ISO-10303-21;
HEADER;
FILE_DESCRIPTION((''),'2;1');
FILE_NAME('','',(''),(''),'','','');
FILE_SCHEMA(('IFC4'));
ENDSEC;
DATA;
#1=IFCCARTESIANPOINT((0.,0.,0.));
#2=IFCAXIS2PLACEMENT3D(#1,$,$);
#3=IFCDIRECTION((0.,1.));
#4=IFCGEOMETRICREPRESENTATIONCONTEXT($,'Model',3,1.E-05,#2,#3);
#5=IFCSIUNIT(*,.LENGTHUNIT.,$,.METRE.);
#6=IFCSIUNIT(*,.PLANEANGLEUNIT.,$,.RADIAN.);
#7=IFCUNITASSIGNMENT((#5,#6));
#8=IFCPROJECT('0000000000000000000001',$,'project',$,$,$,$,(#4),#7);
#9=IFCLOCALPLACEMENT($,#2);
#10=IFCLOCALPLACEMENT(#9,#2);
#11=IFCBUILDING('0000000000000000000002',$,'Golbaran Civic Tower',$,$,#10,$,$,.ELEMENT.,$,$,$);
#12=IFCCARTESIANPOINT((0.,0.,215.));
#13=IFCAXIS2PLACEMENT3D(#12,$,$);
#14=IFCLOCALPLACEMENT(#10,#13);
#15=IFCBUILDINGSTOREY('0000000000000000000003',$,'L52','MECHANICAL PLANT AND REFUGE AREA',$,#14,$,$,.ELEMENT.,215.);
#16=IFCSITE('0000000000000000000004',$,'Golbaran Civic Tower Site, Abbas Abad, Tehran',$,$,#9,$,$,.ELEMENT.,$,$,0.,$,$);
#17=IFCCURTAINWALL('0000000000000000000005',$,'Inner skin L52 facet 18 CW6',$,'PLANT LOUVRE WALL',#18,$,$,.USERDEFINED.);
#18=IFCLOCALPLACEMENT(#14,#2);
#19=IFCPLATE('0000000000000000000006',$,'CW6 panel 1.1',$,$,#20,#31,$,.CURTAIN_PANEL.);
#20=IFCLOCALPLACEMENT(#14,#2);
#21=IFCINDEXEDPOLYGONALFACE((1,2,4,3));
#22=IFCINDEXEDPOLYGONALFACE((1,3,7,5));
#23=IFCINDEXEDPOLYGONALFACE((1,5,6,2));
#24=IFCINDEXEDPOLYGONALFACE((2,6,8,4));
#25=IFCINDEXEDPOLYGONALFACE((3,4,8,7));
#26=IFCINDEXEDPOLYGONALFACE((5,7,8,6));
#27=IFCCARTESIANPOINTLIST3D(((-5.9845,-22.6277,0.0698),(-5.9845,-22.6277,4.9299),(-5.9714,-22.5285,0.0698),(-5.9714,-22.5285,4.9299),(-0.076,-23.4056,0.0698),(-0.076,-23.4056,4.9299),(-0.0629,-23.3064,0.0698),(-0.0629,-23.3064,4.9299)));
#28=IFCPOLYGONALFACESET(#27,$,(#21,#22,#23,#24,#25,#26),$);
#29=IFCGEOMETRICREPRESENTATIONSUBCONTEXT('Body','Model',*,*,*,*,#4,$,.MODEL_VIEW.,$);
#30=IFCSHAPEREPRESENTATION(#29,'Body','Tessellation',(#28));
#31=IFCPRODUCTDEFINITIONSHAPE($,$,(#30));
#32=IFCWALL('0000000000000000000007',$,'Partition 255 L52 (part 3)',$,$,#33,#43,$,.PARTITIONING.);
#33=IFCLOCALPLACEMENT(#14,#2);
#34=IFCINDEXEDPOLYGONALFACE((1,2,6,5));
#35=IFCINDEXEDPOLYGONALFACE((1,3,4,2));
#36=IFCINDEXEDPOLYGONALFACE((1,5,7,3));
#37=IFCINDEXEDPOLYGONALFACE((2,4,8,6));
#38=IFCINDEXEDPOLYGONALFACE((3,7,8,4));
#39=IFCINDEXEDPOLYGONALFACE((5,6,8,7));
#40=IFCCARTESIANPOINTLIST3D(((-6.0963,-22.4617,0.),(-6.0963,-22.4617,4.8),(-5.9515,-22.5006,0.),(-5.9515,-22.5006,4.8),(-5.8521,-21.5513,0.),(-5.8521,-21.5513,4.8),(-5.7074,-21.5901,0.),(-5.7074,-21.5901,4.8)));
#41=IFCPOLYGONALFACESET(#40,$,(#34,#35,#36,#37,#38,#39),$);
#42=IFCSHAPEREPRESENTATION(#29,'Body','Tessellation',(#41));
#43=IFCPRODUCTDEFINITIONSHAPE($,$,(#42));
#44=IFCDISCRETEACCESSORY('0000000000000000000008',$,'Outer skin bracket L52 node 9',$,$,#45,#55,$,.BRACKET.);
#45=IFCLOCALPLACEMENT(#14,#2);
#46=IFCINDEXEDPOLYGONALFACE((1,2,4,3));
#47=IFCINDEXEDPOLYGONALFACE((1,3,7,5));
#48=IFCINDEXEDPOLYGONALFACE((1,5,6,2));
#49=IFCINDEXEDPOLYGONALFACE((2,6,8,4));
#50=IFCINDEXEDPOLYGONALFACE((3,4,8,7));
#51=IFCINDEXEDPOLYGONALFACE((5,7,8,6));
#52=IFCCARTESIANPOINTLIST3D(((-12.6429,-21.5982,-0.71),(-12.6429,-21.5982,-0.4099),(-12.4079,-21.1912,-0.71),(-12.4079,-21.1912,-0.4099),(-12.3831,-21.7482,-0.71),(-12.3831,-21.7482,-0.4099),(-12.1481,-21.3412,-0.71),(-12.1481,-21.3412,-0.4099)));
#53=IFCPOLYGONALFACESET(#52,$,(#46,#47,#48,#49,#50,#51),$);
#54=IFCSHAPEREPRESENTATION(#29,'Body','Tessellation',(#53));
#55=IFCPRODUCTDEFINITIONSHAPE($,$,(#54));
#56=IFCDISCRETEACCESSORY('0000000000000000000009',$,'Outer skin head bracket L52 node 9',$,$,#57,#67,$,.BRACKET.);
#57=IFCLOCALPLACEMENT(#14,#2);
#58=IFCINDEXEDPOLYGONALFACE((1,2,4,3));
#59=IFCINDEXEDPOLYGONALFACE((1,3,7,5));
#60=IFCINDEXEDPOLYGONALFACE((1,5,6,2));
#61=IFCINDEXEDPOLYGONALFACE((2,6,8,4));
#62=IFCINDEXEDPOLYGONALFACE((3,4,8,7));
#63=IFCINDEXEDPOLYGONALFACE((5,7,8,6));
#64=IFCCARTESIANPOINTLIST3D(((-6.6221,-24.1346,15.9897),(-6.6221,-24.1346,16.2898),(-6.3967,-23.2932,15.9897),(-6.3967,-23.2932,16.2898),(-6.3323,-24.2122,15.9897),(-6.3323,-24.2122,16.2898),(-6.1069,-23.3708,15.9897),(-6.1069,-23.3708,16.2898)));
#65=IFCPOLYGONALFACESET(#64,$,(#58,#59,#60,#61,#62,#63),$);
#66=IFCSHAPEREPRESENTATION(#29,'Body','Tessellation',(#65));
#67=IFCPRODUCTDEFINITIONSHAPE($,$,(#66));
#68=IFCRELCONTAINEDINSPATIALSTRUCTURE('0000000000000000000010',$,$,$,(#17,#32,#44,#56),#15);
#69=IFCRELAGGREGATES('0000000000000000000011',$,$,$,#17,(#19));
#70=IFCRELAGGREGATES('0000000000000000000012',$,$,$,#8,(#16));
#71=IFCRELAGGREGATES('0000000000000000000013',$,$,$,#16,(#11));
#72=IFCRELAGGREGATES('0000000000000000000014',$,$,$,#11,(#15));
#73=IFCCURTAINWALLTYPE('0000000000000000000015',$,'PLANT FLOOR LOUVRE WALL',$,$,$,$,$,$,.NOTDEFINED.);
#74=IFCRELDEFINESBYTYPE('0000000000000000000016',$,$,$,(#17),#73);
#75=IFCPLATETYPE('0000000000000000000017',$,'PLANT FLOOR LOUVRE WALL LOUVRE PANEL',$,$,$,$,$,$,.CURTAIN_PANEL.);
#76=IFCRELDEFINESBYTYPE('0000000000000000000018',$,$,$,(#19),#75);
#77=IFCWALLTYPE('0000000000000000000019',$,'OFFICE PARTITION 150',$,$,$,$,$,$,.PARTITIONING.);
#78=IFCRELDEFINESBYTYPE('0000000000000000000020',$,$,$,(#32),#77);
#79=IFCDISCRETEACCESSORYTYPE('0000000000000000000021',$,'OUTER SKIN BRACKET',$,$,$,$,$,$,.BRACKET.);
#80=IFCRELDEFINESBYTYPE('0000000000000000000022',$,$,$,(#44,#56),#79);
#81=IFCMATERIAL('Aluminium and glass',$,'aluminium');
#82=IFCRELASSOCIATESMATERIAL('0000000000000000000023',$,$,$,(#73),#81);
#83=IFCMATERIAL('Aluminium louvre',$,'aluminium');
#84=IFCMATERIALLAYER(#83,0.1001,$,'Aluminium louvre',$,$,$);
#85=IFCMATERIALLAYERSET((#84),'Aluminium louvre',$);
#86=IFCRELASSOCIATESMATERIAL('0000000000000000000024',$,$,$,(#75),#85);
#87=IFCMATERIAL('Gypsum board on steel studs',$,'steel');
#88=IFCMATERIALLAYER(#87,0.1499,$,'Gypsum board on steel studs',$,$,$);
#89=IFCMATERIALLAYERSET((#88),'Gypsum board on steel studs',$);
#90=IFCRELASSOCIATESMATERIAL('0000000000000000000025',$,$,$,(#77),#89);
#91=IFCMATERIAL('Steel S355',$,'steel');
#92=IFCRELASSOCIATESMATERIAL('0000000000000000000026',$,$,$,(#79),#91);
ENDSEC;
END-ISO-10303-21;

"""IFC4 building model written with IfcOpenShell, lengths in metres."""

from ifc_helpers import new_model, si_unit, direction, frame, frame_2d, origin, origin_2d, place, context, subcontext, project, spatial, rectangle, extrude, material, layer, layer_set, type_object, element, aggregate, save


model = new_model("IFC4")

# Units and contexts
model_context = context("Model", 3, precision=1e-05, world=origin(), true_north=direction((0.0, 1.0)))
body_context = subcontext(model_context, "Body", "Model", "MODEL_VIEW")
ifc_project = project(units=[si_unit("LENGTHUNIT", "METRE"), si_unit("PLANEANGLEUNIT", "RADIAN")], contexts=[model_context])

# Site, building, storey
site_placement = place(None, origin())
site = spatial("IfcSite", under=ifc_project, at=site_placement, Name="Golbaran Civic Tower Site, Abbas Abad, Tehran", CompositionType="ELEMENT", RefElevation=0.0)
building_placement = place(site_placement, origin())
building = spatial("IfcBuilding", under=site, at=building_placement, Name="Golbaran Civic Tower", CompositionType="ELEMENT")
storey_placement = place(building_placement, frame((0.0, 0.0, 215.0)))
storey = spatial("IfcBuildingStorey", under=building, at=storey_placement, Name="L52", Description="MECHANICAL PLANT AND REFUGE AREA", CompositionType="ELEMENT", Elevation=215.0)

# Shared definitions
ifc_material_1 = material(Name="Steel S355", Category="steel")

# Shared definitions
ifc_material_2 = material(Name="Aluminium and glass", Category="aluminium")

# Shared definitions
curtain_wall_type_1 = type_object("IfcCurtainWallType", Name="PLANT FLOOR LOUVRE WALL", PredefinedType="NOTDEFINED", material=ifc_material_2)

# Curtain wall
curtain_wall_1_placement = place(storey_placement, origin())
curtain_wall_1 = element("IfcCurtainWall", 1, at=curtain_wall_1_placement, inside=storey, type_object=curtain_wall_type_1, Name="Inner skin L52 facet 18 CW6", ObjectType="PLANT LOUVRE WALL", PredefinedType="USERDEFINED")

# Plate
ifc_material_3 = material(Name="Aluminium louvre", Category="aluminium")
ifc_layer_1 = layer(ifc_material_3, 0.1001, Name="Aluminium louvre")
ifc_layer_set_1 = layer_set([ifc_layer_1], Name="Aluminium louvre")
plate_type_1 = type_object("IfcPlateType", Name="PLANT FLOOR LOUVRE WALL LOUVRE PANEL", PredefinedType="CURTAIN_PANEL", material=ifc_layer_set_1)
plate_1_placement = place(storey_placement, frame((-3.0237, -22.967, 0.0698), z_axis=(0.0, 0.0, 1.0), x_axis=(0.991445, -0.130526, 0.0)))
plate_1 = element("IfcPlate", 2, at=plate_1_placement, type_object=plate_type_1, Name="CW6 panel 1.1", PredefinedType="CURTAIN_PANEL", context=body_context, shape_type="SweptSolid", body=[
    extrude(rectangle(XDim=5.9595, YDim=0.1001, at=origin_2d()), origin(), (0.0, 0.0, 1.0), 4.8601),
])
aggregate(curtain_wall_1, [plate_1])

# Wall
ifc_material_4 = material(Name="Gypsum board on steel studs", Category="steel")
ifc_layer_2 = layer(ifc_material_4, 0.1499, Name="Gypsum board on steel studs")
ifc_layer_set_2 = layer_set([ifc_layer_2], Name="Gypsum board on steel studs")
wall_type = type_object("IfcWallType", Name="OFFICE PARTITION 150", PredefinedType="PARTITIONING", material=ifc_layer_set_2)
wall_placement = place(storey_placement, frame((-5.7798, -21.5708, 0.0), z_axis=(0.0, 0.0, 1.0), x_axis=(-0.259017, -0.965873, 0.0)))
element("IfcWall", 3, at=wall_placement, inside=storey, type_object=wall_type, Name="Partition 255 L52 (part 3)", PredefinedType="PARTITIONING", context=body_context, shape_type="SweptSolid", body=[
    extrude(rectangle(XDim=0.9426, YDim=0.1499, at=frame_2d((0.4712, 0.0))), origin(), (0.0, 0.0, 1.0), 4.8),
])

# Discrete accessories
discrete_accessory_type = type_object("IfcDiscreteAccessoryType", Name="OUTER SKIN BRACKET", PredefinedType="BRACKET", material=ifc_material_1)
discrete_accessory_1_placement = place(storey_placement, frame((-12.3955, -21.4697, -0.71), z_axis=(0.0, 0.0, 1.0), x_axis=(-0.5, -0.866025, 0.0)))
element("IfcDiscreteAccessory", 4, at=discrete_accessory_1_placement, inside=storey, type_object=discrete_accessory_type, Name="Outer skin bracket L52 node 9", PredefinedType="BRACKET", context=body_context, shape_type="SweptSolid", body=[
    extrude(rectangle(XDim=0.47, YDim=0.3, at=origin_2d()), origin(), (0.0, 0.0, 1.0), 0.3),
])
discrete_accessory_2_placement = place(storey_placement, frame((-6.3645, -23.7527, 15.9897), z_axis=(0.0, 0.0, 1.0), x_axis=(-0.258819, -0.965926, 0.0)))
element("IfcDiscreteAccessory", 5, at=discrete_accessory_2_placement, inside=storey, type_object=discrete_accessory_type, Name="Outer skin head bracket L52 node 9", PredefinedType="BRACKET", context=body_context, shape_type="SweptSolid", body=[
    extrude(rectangle(XDim=0.8711, YDim=0.3, at=origin_2d()), origin(), (0.0, 0.0, 1.0), 0.3),
])

save(model, "model.ifc")
